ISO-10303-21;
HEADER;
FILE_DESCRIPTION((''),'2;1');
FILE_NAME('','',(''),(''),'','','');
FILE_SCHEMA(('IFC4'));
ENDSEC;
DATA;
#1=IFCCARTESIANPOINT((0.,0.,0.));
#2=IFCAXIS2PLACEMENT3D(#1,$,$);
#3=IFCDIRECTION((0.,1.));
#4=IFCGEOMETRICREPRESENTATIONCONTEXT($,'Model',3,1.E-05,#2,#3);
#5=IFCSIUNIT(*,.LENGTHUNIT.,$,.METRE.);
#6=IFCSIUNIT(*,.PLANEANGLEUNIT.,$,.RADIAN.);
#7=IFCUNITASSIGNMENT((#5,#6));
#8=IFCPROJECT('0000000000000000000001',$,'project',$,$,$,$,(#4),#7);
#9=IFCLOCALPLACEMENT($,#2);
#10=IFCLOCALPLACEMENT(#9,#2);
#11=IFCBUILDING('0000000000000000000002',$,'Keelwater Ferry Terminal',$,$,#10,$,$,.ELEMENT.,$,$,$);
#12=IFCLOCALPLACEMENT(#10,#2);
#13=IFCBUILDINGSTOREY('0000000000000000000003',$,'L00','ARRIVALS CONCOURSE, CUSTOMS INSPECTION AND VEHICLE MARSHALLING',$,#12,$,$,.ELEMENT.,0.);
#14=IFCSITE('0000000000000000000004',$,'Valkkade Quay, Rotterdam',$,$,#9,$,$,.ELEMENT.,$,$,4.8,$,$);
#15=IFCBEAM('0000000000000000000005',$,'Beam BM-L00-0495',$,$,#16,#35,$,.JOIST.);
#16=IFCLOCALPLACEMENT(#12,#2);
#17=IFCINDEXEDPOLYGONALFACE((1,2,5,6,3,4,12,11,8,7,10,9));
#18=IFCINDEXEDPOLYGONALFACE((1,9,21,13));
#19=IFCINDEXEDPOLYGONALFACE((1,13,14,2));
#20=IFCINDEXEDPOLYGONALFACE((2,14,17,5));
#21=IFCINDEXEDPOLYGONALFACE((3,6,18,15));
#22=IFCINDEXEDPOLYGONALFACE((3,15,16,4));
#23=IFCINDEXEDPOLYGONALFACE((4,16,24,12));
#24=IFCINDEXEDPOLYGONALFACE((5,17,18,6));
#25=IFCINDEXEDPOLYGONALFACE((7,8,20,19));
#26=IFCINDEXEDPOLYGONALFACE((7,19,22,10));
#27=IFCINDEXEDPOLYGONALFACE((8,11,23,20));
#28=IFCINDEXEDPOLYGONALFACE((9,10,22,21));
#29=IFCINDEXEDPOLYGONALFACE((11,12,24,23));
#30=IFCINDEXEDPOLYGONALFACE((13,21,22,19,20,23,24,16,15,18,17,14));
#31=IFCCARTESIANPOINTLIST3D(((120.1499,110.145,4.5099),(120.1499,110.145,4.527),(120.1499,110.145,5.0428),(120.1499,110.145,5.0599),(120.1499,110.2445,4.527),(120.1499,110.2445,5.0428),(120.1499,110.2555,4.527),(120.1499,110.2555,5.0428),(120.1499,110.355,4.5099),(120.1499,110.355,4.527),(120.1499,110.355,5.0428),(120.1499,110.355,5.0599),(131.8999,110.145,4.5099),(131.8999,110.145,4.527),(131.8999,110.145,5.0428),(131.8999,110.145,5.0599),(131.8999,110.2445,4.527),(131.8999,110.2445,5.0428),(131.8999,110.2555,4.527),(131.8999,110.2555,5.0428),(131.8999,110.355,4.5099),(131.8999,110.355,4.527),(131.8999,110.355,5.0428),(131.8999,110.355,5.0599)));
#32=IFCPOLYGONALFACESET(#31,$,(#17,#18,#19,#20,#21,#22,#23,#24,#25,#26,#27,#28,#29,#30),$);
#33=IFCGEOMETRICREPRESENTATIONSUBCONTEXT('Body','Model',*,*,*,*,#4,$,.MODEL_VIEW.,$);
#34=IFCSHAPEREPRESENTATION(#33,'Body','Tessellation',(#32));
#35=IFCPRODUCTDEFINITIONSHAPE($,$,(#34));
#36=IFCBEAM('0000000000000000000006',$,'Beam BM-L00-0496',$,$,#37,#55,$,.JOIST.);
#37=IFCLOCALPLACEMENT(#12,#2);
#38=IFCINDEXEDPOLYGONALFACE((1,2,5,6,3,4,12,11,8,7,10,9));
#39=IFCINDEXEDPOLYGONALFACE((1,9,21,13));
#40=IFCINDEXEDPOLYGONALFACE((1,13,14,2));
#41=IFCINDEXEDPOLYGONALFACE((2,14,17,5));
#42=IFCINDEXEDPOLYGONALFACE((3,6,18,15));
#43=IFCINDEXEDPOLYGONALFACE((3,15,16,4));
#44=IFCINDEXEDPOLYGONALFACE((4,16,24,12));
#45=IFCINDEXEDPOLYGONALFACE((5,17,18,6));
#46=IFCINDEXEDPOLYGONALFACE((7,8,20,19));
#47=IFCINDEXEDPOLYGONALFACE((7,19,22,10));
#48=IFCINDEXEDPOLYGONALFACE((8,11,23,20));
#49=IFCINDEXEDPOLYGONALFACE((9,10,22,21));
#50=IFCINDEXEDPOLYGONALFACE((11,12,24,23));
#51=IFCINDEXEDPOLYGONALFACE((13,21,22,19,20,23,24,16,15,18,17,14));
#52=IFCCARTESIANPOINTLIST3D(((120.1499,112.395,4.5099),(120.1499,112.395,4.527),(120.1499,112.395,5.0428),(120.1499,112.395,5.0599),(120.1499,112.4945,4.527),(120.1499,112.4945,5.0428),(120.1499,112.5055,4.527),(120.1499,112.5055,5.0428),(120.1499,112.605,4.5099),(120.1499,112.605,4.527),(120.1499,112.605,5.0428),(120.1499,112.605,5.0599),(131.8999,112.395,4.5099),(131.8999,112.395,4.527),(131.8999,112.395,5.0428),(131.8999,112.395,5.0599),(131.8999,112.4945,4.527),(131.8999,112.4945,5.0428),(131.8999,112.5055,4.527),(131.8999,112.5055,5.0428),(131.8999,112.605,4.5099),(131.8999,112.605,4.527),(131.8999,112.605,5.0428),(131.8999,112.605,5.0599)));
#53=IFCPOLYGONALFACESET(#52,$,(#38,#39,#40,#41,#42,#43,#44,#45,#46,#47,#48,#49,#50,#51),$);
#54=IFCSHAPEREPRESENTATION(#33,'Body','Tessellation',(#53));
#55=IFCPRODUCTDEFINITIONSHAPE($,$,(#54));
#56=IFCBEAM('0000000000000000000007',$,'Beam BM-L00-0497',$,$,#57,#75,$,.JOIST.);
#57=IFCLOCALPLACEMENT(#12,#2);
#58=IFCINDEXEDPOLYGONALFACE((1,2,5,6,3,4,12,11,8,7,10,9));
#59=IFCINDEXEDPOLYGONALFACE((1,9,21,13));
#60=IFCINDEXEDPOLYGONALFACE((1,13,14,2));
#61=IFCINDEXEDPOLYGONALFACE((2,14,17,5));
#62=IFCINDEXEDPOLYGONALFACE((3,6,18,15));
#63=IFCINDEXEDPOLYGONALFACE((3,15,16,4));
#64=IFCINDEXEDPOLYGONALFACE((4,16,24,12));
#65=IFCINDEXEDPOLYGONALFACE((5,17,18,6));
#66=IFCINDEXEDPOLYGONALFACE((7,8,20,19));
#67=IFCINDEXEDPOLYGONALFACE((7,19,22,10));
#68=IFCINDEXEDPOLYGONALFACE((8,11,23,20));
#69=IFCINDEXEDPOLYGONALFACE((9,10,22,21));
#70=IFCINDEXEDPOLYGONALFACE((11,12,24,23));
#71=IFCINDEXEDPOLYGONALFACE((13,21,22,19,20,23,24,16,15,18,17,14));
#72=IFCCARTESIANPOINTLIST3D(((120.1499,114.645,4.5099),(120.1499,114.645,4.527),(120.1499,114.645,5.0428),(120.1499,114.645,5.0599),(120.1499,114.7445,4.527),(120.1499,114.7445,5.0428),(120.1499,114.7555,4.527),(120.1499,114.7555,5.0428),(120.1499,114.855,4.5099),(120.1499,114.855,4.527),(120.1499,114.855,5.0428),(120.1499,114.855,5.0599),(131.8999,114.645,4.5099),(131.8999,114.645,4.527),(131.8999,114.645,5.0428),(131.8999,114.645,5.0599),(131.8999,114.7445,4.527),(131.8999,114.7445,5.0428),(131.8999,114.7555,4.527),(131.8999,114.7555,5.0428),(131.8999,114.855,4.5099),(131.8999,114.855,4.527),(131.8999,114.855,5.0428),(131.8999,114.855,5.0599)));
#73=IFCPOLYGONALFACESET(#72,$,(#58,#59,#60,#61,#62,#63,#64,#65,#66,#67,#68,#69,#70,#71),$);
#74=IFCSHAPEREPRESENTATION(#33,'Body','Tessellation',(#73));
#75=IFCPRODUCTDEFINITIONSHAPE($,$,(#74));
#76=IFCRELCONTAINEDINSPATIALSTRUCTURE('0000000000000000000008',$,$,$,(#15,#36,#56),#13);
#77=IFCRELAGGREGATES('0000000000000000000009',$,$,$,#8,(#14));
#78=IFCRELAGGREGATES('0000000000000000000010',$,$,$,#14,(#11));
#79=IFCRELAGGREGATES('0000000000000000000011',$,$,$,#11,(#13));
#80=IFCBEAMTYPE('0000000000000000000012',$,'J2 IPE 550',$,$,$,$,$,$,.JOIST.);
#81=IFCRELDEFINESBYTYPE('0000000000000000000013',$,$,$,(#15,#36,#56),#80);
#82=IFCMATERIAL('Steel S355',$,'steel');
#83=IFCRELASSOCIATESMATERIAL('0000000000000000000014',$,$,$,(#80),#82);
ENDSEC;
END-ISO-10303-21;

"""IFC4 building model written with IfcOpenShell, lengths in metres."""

from ifc_helpers import new_model, si_unit, direction, frame, origin, origin_2d, place, context, subcontext, project, spatial, i_section, extrude, material, material_profile, profile_set, type_object, element, save


model = new_model("IFC4")

# Units and contexts
model_context = context("Model", 3, precision=1e-05, world=origin(), true_north=direction((0.0, 1.0)))
body_context = subcontext(model_context, "Body", "Model", "MODEL_VIEW")
ifc_project = project(units=[si_unit("LENGTHUNIT", "METRE"), si_unit("PLANEANGLEUNIT", "RADIAN")], contexts=[model_context])

# Site, building, storey
site_placement = place(None, origin())
site = spatial("IfcSite", under=ifc_project, at=site_placement, Name="Valkkade Quay, Rotterdam", CompositionType="ELEMENT", RefElevation=4.8)
building_placement = place(site_placement, origin())
building = spatial("IfcBuilding", under=site, at=building_placement, Name="Keelwater Ferry Terminal", CompositionType="ELEMENT")
storey_placement = place(building_placement, origin())
storey = spatial("IfcBuildingStorey", under=building, at=storey_placement, Name="L00", Description="ARRIVALS CONCOURSE, CUSTOMS INSPECTION AND VEHICLE MARSHALLING", CompositionType="ELEMENT", Elevation=0.0)

# Beams
ifc_material_1 = material(Name="Steel S355", Category="steel")
ifc_material_profile_1 = material_profile(ifc_material_1, i_section(OverallWidth=0.21, OverallDepth=0.55, WebThickness=0.011, FlangeThickness=0.0171, at=origin_2d()), Name="IPE 550")
ifc_profile_set_1 = profile_set([ifc_material_profile_1], Name="Steel S355")
beam_type_1 = type_object("IfcBeamType", Name="J2 IPE 550", PredefinedType="JOIST", material=ifc_profile_set_1)
for number, where, z_axis, x_axis, name in (
    (1, (120.1499, 110.25, 4.7849), (1.0, 0.0, 0.0), (0.0, 1.0, 0.0), "Beam BM-L00-0495"),
    (2, (120.1499, 112.5, 4.7849), (1.0, 0.0, 0.0), (0.0, 1.0, 0.0), "Beam BM-L00-0496"),
    (3, (120.1499, 114.75, 4.7849), (1.0, 0.0, 0.0), (0.0, 1.0, 0.0), "Beam BM-L00-0497"),
):
    element("IfcBeam", number, at=place(storey_placement, frame(where, z_axis=z_axis, x_axis=x_axis)), inside=storey, type_object=beam_type_1, Name=name, PredefinedType="JOIST", context=body_context, shape_type="SweptSolid", body=[
        extrude(i_section(OverallWidth=0.21, OverallDepth=0.55, WebThickness=0.011, FlangeThickness=0.0171, at=origin_2d()), origin(), (0.0, 0.0, 1.0), 11.75),
    ])

save(model, "model.ifc")
